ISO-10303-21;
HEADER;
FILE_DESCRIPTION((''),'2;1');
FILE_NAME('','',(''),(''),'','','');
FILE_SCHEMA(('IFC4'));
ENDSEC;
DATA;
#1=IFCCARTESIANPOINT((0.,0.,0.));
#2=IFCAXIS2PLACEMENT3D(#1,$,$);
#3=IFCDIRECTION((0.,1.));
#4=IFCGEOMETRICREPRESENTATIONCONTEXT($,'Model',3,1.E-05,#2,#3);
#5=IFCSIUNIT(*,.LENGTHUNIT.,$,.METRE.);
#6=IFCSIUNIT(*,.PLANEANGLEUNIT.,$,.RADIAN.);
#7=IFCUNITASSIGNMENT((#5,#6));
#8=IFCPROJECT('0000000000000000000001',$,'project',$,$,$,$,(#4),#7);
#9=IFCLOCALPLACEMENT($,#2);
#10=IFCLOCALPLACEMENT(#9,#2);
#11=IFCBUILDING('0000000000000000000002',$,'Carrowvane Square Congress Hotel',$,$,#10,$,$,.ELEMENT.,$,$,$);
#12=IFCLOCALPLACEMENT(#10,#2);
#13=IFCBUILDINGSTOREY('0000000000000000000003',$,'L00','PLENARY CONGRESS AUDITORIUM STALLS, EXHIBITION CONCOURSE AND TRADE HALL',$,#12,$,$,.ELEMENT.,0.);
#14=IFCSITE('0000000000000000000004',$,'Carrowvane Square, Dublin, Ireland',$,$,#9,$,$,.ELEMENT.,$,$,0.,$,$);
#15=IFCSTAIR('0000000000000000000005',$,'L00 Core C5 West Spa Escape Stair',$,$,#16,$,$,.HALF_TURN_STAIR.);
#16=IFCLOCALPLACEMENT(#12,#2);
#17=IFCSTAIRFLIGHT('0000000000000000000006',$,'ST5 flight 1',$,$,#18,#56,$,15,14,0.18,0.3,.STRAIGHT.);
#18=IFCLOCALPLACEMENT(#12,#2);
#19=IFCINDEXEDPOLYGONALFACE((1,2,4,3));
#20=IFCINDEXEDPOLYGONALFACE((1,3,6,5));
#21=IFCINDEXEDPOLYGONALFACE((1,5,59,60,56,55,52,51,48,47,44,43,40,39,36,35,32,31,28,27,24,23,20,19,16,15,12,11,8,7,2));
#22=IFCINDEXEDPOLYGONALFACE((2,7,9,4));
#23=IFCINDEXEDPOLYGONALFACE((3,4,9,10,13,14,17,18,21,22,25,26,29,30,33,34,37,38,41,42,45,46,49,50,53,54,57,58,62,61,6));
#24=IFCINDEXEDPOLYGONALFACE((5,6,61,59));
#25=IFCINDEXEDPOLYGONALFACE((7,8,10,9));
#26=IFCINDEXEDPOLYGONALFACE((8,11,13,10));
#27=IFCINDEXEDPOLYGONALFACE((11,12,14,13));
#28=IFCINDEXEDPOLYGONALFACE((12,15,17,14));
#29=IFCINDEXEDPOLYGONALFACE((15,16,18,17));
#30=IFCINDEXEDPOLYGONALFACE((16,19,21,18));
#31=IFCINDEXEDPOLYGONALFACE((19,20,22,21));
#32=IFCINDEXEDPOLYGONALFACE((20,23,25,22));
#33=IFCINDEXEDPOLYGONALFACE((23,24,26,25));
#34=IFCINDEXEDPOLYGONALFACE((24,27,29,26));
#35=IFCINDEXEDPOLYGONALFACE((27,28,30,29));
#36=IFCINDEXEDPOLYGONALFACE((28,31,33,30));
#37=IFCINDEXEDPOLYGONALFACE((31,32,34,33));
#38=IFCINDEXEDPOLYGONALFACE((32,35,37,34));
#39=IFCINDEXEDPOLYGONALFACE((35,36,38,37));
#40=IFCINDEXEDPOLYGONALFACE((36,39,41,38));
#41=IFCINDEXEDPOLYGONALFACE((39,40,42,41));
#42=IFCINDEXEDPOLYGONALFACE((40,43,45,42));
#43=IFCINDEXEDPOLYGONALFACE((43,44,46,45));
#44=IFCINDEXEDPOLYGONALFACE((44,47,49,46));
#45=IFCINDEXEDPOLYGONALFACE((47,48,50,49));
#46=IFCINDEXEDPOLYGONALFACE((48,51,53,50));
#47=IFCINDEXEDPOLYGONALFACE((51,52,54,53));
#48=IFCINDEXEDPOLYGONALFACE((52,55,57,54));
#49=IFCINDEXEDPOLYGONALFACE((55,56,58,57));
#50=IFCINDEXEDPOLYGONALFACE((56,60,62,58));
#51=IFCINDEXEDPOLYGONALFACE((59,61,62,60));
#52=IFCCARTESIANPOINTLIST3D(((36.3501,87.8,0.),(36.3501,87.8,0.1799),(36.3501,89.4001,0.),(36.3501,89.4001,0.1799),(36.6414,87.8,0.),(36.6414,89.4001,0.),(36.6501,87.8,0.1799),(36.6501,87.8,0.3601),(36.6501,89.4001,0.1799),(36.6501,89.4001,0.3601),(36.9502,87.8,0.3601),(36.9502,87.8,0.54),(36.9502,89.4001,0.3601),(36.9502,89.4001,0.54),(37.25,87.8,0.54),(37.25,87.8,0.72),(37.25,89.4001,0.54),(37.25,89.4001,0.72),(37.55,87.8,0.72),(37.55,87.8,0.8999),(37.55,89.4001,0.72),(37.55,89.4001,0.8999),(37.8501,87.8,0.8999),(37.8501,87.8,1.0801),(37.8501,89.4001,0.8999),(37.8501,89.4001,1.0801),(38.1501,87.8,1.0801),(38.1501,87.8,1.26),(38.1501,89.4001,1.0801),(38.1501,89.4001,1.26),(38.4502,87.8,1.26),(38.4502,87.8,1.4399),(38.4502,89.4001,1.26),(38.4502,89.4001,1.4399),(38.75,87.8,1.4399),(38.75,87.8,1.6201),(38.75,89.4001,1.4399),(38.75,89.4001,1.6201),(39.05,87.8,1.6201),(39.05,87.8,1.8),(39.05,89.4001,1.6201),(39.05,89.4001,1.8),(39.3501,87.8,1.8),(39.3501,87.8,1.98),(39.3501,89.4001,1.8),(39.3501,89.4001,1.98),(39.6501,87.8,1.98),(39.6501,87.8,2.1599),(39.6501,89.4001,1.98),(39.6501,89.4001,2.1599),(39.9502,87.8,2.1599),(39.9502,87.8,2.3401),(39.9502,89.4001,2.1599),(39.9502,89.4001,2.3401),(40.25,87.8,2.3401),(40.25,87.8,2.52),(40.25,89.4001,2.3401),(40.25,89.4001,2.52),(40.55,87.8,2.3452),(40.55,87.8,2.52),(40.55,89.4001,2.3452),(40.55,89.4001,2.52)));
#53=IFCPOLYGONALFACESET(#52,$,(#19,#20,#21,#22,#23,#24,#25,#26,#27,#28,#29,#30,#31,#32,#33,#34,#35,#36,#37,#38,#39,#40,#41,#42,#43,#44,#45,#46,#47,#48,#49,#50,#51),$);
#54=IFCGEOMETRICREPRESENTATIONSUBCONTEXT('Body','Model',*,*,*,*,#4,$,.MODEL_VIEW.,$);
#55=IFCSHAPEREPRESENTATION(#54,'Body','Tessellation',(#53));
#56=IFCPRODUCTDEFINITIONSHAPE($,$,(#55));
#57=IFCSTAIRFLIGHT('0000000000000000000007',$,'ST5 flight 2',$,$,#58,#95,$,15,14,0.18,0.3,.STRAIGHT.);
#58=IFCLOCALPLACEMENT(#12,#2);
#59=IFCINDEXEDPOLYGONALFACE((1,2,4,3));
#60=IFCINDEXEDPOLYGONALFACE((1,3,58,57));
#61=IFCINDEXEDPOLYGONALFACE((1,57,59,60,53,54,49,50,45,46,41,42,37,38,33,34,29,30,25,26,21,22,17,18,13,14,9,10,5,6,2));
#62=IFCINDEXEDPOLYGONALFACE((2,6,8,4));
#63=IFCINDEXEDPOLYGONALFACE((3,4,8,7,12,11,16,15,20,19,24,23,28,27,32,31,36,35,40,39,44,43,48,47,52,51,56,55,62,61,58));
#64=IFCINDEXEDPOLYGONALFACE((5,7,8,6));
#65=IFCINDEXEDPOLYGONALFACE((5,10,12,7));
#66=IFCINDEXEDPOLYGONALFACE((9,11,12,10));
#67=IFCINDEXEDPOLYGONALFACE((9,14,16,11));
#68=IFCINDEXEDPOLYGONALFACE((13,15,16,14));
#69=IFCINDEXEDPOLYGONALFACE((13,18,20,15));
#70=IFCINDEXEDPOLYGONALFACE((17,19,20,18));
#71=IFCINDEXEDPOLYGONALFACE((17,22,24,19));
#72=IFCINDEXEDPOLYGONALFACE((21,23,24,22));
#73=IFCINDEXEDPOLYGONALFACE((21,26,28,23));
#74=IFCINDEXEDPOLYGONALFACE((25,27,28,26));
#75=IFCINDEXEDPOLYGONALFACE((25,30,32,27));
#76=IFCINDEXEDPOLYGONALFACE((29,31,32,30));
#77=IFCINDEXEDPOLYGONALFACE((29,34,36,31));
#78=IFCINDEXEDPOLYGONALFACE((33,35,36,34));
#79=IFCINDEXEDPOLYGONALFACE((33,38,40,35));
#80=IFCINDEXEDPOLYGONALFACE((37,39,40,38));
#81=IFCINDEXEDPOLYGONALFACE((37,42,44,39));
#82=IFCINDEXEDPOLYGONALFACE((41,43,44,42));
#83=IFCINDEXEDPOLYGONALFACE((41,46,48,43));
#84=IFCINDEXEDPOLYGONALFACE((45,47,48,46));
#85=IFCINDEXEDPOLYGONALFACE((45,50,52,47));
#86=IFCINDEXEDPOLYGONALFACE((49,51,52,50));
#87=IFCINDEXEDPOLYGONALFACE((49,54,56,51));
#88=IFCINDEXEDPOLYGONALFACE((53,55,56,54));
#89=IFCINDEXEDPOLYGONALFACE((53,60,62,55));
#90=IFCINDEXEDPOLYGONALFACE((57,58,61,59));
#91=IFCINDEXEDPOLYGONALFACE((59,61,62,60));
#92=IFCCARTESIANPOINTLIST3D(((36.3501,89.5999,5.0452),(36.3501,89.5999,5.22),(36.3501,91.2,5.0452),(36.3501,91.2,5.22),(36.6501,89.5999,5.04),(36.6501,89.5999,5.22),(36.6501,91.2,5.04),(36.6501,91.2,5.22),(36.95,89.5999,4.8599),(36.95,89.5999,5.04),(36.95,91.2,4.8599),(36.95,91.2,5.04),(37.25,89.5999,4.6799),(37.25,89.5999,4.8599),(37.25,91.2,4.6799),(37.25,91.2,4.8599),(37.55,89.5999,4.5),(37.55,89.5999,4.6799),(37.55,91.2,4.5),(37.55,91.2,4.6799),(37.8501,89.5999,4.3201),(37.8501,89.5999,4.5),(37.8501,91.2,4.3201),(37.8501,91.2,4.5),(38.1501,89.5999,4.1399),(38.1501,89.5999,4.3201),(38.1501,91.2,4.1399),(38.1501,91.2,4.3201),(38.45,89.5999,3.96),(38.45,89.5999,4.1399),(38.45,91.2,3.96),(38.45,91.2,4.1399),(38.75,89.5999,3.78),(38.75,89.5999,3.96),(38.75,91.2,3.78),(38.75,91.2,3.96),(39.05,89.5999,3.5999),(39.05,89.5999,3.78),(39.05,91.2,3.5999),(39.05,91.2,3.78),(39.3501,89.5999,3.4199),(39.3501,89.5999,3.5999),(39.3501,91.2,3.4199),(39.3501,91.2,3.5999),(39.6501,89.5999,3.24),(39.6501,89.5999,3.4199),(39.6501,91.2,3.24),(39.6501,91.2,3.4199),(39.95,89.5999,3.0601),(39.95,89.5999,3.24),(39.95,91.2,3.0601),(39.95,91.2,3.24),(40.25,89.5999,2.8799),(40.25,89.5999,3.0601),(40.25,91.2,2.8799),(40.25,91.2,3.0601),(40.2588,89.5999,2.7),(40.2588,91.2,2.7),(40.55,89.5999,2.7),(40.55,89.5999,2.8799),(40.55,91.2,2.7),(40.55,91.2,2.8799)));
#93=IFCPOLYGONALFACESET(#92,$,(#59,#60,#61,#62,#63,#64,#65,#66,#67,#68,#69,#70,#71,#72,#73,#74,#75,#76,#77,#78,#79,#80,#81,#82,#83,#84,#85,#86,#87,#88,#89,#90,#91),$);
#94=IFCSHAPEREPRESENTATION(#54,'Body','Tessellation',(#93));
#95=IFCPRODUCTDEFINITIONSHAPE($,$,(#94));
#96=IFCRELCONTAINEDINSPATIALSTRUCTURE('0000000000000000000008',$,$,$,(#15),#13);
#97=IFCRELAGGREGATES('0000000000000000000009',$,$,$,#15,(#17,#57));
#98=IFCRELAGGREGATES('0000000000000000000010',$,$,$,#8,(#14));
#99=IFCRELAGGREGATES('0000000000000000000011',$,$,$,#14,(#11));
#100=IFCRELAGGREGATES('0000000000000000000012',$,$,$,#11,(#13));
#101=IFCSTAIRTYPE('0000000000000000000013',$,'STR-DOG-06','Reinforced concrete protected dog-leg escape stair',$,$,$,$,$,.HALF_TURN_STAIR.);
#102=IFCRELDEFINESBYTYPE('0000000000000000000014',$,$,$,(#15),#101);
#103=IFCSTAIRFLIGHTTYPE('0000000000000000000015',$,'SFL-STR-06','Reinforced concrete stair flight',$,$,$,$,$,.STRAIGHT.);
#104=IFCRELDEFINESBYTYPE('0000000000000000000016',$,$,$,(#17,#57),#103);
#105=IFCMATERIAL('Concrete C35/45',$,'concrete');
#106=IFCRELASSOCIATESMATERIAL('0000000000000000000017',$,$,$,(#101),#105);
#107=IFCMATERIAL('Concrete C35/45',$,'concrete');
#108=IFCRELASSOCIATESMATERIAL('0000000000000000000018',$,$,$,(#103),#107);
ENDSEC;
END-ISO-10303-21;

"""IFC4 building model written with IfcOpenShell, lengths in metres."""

from ifc_helpers import new_model, si_unit, direction, frame, origin, place, context, subcontext, project, spatial, polyline, outline, extrude, material, type_object, element, aggregate, save


model = new_model("IFC4")

# Units and contexts
model_context = context("Model", 3, precision=1e-05, world=origin(), true_north=direction((0.0, 1.0)))
body_context = subcontext(model_context, "Body", "Model", "MODEL_VIEW")
ifc_project = project(units=[si_unit("LENGTHUNIT", "METRE"), si_unit("PLANEANGLEUNIT", "RADIAN")], contexts=[model_context])

# Site, building, storey
site_placement = place(None, origin())
site = spatial("IfcSite", under=ifc_project, at=site_placement, Name="Carrowvane Square, Dublin, Ireland", CompositionType="ELEMENT", RefElevation=0.0)
building_placement = place(site_placement, origin())
building = spatial("IfcBuilding", under=site, at=building_placement, Name="Carrowvane Square Congress Hotel", CompositionType="ELEMENT")
storey_placement = place(building_placement, origin())
storey = spatial("IfcBuildingStorey", under=building, at=storey_placement, Name="L00", Description="PLENARY CONGRESS AUDITORIUM STALLS, EXHIBITION CONCOURSE AND TRADE HALL", CompositionType="ELEMENT", Elevation=0.0)

# Stair, stair flights
ifc_material_1 = material(Name="Concrete C35/45", Category="concrete")
stair_type = type_object("IfcStairType", Name="STR-DOG-06", Description="Reinforced concrete protected dog-leg escape stair", PredefinedType="HALF_TURN_STAIR", material=ifc_material_1)
stair_placement = place(storey_placement, origin())
stair = element("IfcStair", 1, at=stair_placement, inside=storey, type_object=stair_type, Name="L00 Core C5 West Spa Escape Stair", PredefinedType="HALF_TURN_STAIR")
ifc_material_2 = material(Name="Concrete C35/45", Category="concrete")
stair_flight_type = type_object("IfcStairFlightType", Name="SFL-STR-06", Description="Reinforced concrete stair flight", PredefinedType="STRAIGHT", material=ifc_material_2)
stair_flight_1_placement = place(storey_placement, frame((36.3501, 88.6001, 0.0), z_axis=(0.0, 0.0, 1.0), x_axis=(1.0, 0.0, 0.0)))
stair_flight_1 = element("IfcStairFlight", 2, at=stair_flight_1_placement, type_object=stair_flight_type, Name="ST5 flight 1", NumberOfRisers=15, NumberOfTreads=14, PredefinedType="STRAIGHT", RiserHeight=0.18, TreadLength=0.3, context=body_context, shape_type="SweptSolid", body=[
    extrude(outline(polyline([(0.0, 0.0), (0.0, 0.1799), (0.3, 0.1799), (0.3, 0.3601), (0.6001, 0.3601), (0.6001, 0.54), (0.8999, 0.54), (0.8999, 0.72), (1.2, 0.72), (1.2, 0.8999), (1.5, 0.8999), (1.5, 1.0801), (1.8, 1.0801), (1.8, 1.26), (2.1001, 1.26), (2.1001, 1.4399), (2.3999, 1.4399), (2.3999, 1.6201), (2.7, 1.6201), (2.7, 1.8), (3.0, 1.8), (3.0, 1.98), (3.3, 1.98), (3.3, 2.1599), (3.6001, 2.1599), (3.6001, 2.3401), (3.8999, 2.3401), (3.8999, 2.52), (4.2, 2.52), (4.2, 2.7), (4.2, 2.3452), (0.2913, 0.0), (0.0, 0.0)])), frame((0.0, 0.8, 0.0), z_axis=(0.0, -1.0, 0.0), x_axis=(1.0, 0.0, 0.0)), (0.0, 0.0, 1.0), 1.6001),
])
stair_flight_2_placement = place(storey_placement, frame((40.55, 90.3999, 2.7), z_axis=(0.0, 0.0, 1.0), x_axis=(-1.0, 0.0, 0.0)))
stair_flight_2 = element("IfcStairFlight", 3, at=stair_flight_2_placement, type_object=stair_flight_type, Name="ST5 flight 2", NumberOfRisers=15, NumberOfTreads=14, PredefinedType="STRAIGHT", RiserHeight=0.18, TreadLength=0.3, context=body_context, shape_type="SweptSolid", body=[
    extrude(outline(polyline([(0.0, 0.0), (0.0, 0.1799), (0.3, 0.1799), (0.3, 0.3601), (0.6001, 0.3601), (0.6001, 0.54), (0.8999, 0.54), (0.8999, 0.72), (1.2, 0.72), (1.2, 0.8999), (1.5, 0.8999), (1.5, 1.0801), (1.8, 1.0801), (1.8, 1.26), (2.1001, 1.26), (2.1001, 1.4399), (2.3999, 1.4399), (2.3999, 1.6201), (2.7, 1.6201), (2.7, 1.8), (3.0, 1.8), (3.0, 1.98), (3.3, 1.98), (3.3, 2.1599), (3.6001, 2.1599), (3.6001, 2.3401), (3.8999, 2.3401), (3.8999, 2.52), (4.2, 2.52), (4.2, 2.7), (4.2, 2.3452), (0.2913, 0.0), (0.0, 0.0)])), frame((0.0, 0.8, 0.0), z_axis=(0.0, -1.0, 0.0), x_axis=(1.0, 0.0, 0.0)), (0.0, 0.0, 1.0), 1.6001),
])
aggregate(stair, [stair_flight_1, stair_flight_2])

save(model, "model.ifc")
